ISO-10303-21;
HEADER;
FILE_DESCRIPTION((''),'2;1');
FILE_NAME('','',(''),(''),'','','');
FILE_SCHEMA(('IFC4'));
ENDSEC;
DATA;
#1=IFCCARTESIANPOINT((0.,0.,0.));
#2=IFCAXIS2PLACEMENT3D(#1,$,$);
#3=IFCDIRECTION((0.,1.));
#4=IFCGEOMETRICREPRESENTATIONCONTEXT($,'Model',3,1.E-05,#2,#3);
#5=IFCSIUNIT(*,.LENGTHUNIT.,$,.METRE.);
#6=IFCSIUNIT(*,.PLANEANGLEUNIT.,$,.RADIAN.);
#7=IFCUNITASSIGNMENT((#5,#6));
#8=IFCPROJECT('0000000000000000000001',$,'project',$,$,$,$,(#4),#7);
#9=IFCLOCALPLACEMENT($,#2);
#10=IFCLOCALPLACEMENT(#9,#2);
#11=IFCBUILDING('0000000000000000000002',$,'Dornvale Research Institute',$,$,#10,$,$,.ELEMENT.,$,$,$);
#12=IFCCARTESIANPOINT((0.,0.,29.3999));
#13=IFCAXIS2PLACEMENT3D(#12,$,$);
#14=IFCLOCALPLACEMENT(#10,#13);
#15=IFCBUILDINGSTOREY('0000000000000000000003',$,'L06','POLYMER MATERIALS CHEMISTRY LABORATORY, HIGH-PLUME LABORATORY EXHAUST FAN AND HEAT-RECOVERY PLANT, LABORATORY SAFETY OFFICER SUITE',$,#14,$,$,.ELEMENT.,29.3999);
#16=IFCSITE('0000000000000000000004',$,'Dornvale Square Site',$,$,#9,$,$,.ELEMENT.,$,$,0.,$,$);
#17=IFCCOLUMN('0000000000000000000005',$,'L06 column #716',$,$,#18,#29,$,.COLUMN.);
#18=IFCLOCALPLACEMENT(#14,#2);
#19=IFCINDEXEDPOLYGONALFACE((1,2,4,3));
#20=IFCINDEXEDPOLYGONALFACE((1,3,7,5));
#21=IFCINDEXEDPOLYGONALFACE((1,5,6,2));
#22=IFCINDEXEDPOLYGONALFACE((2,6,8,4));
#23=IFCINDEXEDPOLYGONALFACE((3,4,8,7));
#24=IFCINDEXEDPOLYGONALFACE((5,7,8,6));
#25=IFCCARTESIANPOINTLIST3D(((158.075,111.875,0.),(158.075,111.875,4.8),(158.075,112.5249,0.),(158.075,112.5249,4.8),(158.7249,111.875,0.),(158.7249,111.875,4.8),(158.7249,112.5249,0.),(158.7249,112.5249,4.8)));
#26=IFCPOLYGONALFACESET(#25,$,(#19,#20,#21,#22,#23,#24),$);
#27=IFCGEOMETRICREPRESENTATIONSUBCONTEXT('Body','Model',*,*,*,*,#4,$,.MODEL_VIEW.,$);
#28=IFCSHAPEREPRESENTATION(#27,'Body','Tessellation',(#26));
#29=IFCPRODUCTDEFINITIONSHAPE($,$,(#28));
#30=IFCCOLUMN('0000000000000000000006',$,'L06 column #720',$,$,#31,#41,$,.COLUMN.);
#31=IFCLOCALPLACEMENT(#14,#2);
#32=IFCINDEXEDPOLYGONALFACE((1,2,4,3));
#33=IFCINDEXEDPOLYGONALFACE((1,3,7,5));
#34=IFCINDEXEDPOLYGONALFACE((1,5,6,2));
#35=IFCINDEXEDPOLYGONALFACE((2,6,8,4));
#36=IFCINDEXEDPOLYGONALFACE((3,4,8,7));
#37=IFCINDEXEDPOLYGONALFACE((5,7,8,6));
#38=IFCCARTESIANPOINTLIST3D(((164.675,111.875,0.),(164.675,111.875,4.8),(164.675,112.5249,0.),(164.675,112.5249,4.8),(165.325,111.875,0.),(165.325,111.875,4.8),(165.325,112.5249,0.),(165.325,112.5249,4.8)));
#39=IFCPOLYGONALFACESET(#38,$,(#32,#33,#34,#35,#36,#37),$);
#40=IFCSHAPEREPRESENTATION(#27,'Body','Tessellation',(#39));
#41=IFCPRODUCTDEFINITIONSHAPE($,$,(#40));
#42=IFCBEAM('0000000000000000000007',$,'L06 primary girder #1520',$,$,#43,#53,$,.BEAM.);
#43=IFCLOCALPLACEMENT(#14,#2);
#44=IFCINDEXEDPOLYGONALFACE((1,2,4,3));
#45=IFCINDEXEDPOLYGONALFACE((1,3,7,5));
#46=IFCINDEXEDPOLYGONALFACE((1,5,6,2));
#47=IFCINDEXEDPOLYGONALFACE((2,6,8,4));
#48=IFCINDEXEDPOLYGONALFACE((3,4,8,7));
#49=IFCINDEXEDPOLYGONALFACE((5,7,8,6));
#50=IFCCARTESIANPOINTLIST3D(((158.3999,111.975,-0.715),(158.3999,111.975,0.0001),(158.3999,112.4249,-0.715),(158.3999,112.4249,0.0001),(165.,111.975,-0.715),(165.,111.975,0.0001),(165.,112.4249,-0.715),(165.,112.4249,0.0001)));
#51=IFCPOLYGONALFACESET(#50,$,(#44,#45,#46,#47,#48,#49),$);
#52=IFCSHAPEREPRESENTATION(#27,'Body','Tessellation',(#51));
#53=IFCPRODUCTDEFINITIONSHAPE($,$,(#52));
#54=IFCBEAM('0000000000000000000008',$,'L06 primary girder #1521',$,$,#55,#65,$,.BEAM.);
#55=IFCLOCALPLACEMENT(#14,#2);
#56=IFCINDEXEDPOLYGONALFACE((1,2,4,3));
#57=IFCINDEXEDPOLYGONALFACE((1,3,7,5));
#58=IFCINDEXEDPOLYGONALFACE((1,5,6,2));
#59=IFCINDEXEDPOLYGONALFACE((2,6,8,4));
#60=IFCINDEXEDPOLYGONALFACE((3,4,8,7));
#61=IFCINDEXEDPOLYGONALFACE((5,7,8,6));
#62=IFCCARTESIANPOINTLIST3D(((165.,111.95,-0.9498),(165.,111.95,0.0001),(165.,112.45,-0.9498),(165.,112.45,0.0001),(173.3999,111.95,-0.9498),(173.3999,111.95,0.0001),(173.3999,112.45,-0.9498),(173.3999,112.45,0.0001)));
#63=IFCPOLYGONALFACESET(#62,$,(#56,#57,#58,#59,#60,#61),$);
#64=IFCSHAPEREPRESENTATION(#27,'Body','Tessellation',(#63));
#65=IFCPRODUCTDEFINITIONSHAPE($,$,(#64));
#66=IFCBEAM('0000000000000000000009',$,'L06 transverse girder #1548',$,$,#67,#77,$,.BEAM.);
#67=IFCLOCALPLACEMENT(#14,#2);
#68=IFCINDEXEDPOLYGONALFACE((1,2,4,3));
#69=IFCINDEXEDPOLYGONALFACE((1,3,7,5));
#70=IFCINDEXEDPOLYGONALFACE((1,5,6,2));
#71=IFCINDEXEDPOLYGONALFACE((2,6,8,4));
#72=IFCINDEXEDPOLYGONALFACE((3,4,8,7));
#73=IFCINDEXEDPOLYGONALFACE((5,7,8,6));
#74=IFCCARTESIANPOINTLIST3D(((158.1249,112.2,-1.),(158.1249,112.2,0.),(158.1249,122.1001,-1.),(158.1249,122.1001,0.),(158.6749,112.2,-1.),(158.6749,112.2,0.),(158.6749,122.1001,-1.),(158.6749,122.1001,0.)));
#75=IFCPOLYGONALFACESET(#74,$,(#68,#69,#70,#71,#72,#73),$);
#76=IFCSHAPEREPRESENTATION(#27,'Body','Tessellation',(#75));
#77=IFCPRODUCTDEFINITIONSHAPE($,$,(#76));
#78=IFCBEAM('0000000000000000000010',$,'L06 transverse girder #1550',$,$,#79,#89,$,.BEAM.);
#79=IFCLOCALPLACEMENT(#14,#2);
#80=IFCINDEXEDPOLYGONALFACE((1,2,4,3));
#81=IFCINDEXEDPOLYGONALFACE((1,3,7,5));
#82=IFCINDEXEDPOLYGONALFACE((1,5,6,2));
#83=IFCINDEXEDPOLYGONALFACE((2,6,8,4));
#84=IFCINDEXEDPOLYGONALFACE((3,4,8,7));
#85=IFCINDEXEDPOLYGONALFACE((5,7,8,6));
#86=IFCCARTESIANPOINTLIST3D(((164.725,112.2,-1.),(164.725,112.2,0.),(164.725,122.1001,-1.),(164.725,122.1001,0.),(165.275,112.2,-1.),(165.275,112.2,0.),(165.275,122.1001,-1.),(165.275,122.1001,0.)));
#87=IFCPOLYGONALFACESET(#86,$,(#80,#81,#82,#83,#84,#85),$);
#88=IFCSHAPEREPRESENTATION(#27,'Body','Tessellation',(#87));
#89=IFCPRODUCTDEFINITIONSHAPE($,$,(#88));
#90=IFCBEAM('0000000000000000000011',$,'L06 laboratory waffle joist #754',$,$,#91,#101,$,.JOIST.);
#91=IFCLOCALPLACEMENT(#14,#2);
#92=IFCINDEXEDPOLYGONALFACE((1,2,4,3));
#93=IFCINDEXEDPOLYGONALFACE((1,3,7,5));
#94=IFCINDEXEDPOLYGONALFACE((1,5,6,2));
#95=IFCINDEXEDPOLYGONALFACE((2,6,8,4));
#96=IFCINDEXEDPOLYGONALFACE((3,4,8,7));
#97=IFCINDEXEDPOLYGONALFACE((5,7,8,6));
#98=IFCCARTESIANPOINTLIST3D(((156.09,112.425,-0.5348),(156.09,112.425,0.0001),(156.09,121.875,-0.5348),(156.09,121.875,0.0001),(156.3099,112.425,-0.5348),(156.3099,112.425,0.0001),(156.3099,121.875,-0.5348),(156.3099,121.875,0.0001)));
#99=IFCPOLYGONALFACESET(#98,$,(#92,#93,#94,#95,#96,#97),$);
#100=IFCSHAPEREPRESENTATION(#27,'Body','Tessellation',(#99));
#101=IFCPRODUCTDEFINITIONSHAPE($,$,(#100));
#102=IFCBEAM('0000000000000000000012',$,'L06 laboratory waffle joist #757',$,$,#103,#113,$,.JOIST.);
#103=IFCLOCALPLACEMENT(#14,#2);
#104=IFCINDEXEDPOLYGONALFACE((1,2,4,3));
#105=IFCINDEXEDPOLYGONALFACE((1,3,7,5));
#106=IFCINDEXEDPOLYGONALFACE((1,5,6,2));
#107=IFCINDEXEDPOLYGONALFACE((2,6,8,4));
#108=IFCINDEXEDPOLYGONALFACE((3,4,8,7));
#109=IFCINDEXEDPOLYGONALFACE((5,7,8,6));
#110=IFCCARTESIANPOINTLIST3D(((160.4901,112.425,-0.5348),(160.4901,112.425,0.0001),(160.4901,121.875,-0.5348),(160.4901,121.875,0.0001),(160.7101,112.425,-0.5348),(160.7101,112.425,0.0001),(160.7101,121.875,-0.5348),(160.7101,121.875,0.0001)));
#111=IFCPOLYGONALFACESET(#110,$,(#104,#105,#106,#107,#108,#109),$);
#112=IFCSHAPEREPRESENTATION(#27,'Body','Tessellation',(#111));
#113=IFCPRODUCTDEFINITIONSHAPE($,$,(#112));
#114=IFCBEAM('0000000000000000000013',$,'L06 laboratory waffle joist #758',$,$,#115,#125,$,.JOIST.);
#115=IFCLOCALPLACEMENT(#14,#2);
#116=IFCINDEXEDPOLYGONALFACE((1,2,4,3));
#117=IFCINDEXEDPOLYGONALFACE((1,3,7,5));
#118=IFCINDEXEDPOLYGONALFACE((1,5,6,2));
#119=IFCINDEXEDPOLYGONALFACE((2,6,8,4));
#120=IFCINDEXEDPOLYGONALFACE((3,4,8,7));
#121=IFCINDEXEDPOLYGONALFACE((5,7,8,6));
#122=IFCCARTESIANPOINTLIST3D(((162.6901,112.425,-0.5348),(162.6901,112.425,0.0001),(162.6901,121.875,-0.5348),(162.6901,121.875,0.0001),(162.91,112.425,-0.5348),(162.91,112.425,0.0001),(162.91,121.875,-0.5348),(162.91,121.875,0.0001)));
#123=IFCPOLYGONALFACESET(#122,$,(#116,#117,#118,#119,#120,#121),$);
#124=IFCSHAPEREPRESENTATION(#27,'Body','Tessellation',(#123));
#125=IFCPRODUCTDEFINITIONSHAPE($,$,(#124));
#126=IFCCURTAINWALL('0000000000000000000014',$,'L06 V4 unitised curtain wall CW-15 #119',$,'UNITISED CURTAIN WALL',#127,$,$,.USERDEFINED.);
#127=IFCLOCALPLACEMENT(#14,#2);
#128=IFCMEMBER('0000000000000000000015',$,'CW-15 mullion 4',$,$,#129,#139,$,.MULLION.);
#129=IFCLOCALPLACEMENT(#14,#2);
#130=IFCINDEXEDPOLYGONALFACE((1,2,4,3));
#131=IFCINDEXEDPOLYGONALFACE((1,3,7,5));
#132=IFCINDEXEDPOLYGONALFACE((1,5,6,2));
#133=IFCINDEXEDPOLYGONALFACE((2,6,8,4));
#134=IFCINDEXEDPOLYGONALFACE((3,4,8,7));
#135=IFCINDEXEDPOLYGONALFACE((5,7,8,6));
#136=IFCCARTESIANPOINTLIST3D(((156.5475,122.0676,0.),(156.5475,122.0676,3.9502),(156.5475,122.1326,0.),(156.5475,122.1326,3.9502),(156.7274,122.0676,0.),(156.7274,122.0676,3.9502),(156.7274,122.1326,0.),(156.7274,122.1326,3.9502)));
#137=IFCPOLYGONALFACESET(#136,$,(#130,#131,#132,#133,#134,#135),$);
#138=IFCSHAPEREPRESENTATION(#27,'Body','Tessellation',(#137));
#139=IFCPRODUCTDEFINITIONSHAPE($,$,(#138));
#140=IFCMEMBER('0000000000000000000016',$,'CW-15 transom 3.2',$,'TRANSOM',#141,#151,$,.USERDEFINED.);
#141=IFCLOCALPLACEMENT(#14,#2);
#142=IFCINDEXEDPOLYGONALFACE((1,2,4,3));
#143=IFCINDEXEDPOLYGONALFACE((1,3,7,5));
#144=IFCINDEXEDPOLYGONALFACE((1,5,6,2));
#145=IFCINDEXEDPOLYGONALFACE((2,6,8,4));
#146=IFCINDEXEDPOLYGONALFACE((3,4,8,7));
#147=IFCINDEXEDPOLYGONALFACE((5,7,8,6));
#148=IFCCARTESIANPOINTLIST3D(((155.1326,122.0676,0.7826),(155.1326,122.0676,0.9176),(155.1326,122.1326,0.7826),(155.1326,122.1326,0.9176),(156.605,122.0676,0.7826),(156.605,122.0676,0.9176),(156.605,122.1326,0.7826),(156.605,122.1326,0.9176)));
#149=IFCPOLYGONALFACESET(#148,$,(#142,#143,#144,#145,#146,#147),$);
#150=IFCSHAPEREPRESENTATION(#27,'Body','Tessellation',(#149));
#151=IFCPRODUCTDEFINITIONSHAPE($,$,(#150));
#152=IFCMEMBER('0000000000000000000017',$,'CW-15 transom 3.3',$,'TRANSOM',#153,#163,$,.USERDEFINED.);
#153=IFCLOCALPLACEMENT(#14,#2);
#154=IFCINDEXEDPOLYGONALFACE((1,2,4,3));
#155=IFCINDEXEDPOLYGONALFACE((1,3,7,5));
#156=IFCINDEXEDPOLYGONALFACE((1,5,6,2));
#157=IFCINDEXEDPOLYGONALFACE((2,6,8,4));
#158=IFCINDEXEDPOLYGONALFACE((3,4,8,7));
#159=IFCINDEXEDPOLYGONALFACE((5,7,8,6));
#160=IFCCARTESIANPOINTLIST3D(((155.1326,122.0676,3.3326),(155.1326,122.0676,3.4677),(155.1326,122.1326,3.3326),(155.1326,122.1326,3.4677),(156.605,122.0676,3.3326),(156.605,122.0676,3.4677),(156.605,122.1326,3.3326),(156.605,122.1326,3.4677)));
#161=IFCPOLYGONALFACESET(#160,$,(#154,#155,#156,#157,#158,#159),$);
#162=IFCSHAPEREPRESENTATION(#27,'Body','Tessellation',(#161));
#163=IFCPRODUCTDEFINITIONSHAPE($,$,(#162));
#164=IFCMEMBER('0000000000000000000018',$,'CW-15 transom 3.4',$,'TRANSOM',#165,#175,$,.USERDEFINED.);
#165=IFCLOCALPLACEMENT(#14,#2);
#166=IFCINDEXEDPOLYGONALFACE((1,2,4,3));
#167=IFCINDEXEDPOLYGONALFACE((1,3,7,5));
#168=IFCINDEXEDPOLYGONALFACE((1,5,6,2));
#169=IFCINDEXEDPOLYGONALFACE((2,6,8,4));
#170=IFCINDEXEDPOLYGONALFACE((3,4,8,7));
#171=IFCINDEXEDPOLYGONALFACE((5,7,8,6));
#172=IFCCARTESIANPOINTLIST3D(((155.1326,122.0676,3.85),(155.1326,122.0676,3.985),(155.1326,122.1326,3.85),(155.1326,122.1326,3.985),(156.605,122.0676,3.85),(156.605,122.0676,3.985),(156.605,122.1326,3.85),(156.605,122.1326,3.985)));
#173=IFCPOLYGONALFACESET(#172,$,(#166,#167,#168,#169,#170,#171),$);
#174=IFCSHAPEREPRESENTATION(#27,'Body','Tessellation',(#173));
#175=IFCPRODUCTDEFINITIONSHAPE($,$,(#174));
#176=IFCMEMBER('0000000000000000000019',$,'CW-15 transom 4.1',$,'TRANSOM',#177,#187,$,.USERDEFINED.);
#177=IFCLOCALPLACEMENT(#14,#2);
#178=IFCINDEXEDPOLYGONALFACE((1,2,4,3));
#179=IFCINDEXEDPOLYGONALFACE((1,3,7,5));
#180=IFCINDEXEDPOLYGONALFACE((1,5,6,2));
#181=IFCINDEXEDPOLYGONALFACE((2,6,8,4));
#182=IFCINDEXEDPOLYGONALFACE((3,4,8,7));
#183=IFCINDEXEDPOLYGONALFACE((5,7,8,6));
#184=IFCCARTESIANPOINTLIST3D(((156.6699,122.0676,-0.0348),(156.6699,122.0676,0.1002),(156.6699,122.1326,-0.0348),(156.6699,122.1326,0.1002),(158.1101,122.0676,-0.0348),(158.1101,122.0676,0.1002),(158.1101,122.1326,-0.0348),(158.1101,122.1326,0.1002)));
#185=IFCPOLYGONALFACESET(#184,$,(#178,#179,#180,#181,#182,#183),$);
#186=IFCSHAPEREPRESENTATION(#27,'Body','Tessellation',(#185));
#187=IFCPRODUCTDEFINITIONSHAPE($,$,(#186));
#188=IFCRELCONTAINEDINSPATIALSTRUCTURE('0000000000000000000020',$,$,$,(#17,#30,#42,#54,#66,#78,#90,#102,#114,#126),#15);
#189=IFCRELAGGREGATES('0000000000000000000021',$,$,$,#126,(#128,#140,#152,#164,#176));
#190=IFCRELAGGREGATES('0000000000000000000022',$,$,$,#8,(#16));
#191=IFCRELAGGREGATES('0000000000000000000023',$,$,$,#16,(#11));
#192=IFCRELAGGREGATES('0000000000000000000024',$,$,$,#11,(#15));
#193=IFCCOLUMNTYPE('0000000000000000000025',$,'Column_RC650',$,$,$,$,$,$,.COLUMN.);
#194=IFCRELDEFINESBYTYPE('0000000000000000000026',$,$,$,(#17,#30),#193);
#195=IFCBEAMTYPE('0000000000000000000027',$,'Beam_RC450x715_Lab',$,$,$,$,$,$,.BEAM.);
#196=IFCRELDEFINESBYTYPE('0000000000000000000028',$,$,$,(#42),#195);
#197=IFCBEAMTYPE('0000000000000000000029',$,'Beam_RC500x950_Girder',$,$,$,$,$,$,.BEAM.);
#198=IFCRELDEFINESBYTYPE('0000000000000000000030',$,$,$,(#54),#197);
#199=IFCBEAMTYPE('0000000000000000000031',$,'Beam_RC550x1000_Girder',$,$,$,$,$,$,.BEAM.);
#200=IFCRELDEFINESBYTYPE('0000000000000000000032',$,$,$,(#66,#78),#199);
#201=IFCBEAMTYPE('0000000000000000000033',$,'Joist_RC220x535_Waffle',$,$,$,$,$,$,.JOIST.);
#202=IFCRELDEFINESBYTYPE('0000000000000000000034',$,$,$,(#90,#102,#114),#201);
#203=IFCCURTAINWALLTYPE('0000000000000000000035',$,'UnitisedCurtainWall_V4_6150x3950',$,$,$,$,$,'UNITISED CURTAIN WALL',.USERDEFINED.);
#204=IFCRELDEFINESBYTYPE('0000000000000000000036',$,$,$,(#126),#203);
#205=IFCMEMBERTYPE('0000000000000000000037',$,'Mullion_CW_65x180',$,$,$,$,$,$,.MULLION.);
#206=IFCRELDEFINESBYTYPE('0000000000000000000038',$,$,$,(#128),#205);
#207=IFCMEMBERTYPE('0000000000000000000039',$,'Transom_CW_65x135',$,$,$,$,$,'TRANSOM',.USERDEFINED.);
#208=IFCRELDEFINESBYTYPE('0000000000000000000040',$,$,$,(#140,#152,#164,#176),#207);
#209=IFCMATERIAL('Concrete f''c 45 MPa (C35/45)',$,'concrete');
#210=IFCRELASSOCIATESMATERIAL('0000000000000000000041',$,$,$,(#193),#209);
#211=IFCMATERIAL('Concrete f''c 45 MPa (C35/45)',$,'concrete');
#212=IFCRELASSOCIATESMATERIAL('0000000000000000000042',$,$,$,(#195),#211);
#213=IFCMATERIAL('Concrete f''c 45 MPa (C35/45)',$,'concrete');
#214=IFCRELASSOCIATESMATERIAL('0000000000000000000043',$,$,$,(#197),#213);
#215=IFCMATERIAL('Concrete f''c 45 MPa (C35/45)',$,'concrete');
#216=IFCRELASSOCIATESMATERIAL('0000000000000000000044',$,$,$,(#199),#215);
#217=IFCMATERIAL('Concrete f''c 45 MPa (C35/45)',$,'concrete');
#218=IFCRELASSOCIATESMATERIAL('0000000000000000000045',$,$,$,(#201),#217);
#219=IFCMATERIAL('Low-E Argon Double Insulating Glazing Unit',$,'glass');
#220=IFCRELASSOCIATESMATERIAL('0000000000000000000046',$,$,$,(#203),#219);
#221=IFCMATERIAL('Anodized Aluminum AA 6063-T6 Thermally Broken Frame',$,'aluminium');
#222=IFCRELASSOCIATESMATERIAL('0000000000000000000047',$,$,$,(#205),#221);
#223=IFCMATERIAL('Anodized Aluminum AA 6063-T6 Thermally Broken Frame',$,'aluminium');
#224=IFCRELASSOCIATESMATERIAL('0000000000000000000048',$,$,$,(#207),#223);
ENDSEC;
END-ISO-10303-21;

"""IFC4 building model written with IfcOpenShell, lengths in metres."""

from ifc_helpers import new_model, si_unit, direction, frame, origin, origin_2d, place, context, subcontext, project, spatial, rectangle, extrude, material, material_profile, profile_set, type_object, element, aggregate, save


model = new_model("IFC4")

# Units and contexts
model_context = context("Model", 3, precision=1e-05, world=origin(), true_north=direction((0.0, 1.0)))
body_context = subcontext(model_context, "Body", "Model", "MODEL_VIEW")
ifc_project = project(units=[si_unit("LENGTHUNIT", "METRE"), si_unit("PLANEANGLEUNIT", "RADIAN")], contexts=[model_context])

# Site, building, storey
site_placement = place(None, origin())
site = spatial("IfcSite", under=ifc_project, at=site_placement, Name="Dornvale Square Site", CompositionType="ELEMENT", RefElevation=0.0)
building_placement = place(site_placement, origin())
building = spatial("IfcBuilding", under=site, at=building_placement, Name="Dornvale Research Institute", CompositionType="ELEMENT")
storey_placement = place(building_placement, frame((0.0, 0.0, 29.3999)))
storey = spatial("IfcBuildingStorey", under=building, at=storey_placement, Name="L06", Description="POLYMER MATERIALS CHEMISTRY LABORATORY, HIGH-PLUME LABORATORY EXHAUST FAN AND HEAT-RECOVERY PLANT, LABORATORY SAFETY OFFICER SUITE", CompositionType="ELEMENT", Elevation=29.3999)

# Columns
ifc_material_1 = material(Name="Concrete f'c 45 MPa (C35/45)", Category="concrete")
ifc_material_profile_1 = material_profile(ifc_material_1, rectangle(XDim=0.6499, YDim=0.6499, at=origin_2d()), Name="RC 650x650")
ifc_profile_set_1 = profile_set([ifc_material_profile_1], Name="Concrete f'c 45 MPa (C35/45)")
column_type = type_object("IfcColumnType", Name="Column_RC650", PredefinedType="COLUMN", material=ifc_profile_set_1)
for number, where, z_axis, x_axis, name in (
    (1, (158.3999, 112.2, 0.0), (0.0, 0.0, 1.0), (1.0, 0.0, 0.0), "L06 column #716"),
    (2, (165.0, 112.2, 0.0), (0.0, 0.0, 1.0), (1.0, 0.0, 0.0), "L06 column #720"),
):
    element("IfcColumn", number, at=place(storey_placement, frame(where, z_axis=z_axis, x_axis=x_axis)), inside=storey, type_object=column_type, Name=name, PredefinedType="COLUMN", context=body_context, shape_type="SweptSolid", body=[
        extrude(rectangle(XDim=0.6499, YDim=0.6499, at=origin_2d()), origin(), (0.0, 0.0, 1.0), 4.8),
    ])

# Beams
ifc_material_2 = material(Name="Concrete f'c 45 MPa (C35/45)", Category="concrete")
ifc_material_profile_2 = material_profile(ifc_material_2, rectangle(XDim=0.45, YDim=0.7151, at=origin_2d()), Name="RC 450x715")
ifc_profile_set_2 = profile_set([ifc_material_profile_2], Name="Concrete f'c 45 MPa (C35/45)")
beam_type_1 = type_object("IfcBeamType", Name="Beam_RC450x715_Lab", PredefinedType="BEAM", material=ifc_profile_set_2)
beam_1_placement = place(storey_placement, frame((158.3999, 112.2, -0.3574), z_axis=(1.0, 0.0, 0.0), x_axis=(0.0, 1.0, 0.0)))
element("IfcBeam", 3, at=beam_1_placement, inside=storey, type_object=beam_type_1, Name="L06 primary girder #1520", PredefinedType="BEAM", context=body_context, shape_type="SweptSolid", body=[
    extrude(rectangle(XDim=0.45, YDim=0.7151, at=origin_2d()), origin(), (0.0, 0.0, 1.0), 6.6001),
])
ifc_material_3 = material(Name="Concrete f'c 45 MPa (C35/45)", Category="concrete")
ifc_material_profile_3 = material_profile(ifc_material_3, rectangle(XDim=0.5, YDim=0.95, at=origin_2d()), Name="RC 500x950")
ifc_profile_set_3 = profile_set([ifc_material_profile_3], Name="Concrete f'c 45 MPa (C35/45)")
beam_type_2 = type_object("IfcBeamType", Name="Beam_RC500x950_Girder", PredefinedType="BEAM", material=ifc_profile_set_3)
beam_2_placement = place(storey_placement, frame((165.0, 112.2, -0.4749), z_axis=(1.0, 0.0, 0.0), x_axis=(0.0, 1.0, 0.0)))
element("IfcBeam", 4, at=beam_2_placement, inside=storey, type_object=beam_type_2, Name="L06 primary girder #1521", PredefinedType="BEAM", context=body_context, shape_type="SweptSolid", body=[
    extrude(rectangle(XDim=0.5, YDim=0.95, at=origin_2d()), origin(), (0.0, 0.0, 1.0), 8.3999),
])
ifc_material_4 = material(Name="Concrete f'c 45 MPa (C35/45)", Category="concrete")
ifc_material_profile_4 = material_profile(ifc_material_4, rectangle(XDim=0.55, YDim=1.0, at=origin_2d()), Name="RC 550x1000")
ifc_profile_set_4 = profile_set([ifc_material_profile_4], Name="Concrete f'c 45 MPa (C35/45)")
beam_type_3 = type_object("IfcBeamType", Name="Beam_RC550x1000_Girder", PredefinedType="BEAM", material=ifc_profile_set_4)
for number, where, z_axis, x_axis, name in (
    (5, (158.3999, 112.2, -0.5), (0.0, 1.0, 0.0), (-1.0, 0.0, 0.0), "L06 transverse girder #1548"),
    (6, (165.0, 112.2, -0.5), (0.0, 1.0, 0.0), (-1.0, 0.0, 0.0), "L06 transverse girder #1550"),
):
    element("IfcBeam", number, at=place(storey_placement, frame(where, z_axis=z_axis, x_axis=x_axis)), inside=storey, type_object=beam_type_3, Name=name, PredefinedType="BEAM", context=body_context, shape_type="SweptSolid", body=[
        extrude(rectangle(XDim=0.55, YDim=1.0, at=origin_2d()), origin(), (0.0, 0.0, 1.0), 9.9001),
    ])
ifc_material_5 = material(Name="Concrete f'c 45 MPa (C35/45)", Category="concrete")
ifc_material_profile_5 = material_profile(ifc_material_5, rectangle(XDim=0.22, YDim=0.5349, at=origin_2d()), Name="RC 220x535")
ifc_profile_set_5 = profile_set([ifc_material_profile_5], Name="Concrete f'c 45 MPa (C35/45)")
beam_type_4 = type_object("IfcBeamType", Name="Joist_RC220x535_Waffle", PredefinedType="JOIST", material=ifc_profile_set_5)
for number, where, z_axis, x_axis, name in (
    (7, (156.2, 112.425, -0.2673), (0.0, 1.0, 0.0), (-1.0, 0.0, 0.0), "L06 laboratory waffle joist #754"),
    (8, (160.6001, 112.425, -0.2673), (0.0, 1.0, 0.0), (-1.0, 0.0, 0.0), "L06 laboratory waffle joist #757"),
    (9, (162.8, 112.425, -0.2673), (0.0, 1.0, 0.0), (-1.0, 0.0, 0.0), "L06 laboratory waffle joist #758"),
):
    element("IfcBeam", number, at=place(storey_placement, frame(where, z_axis=z_axis, x_axis=x_axis)), inside=storey, type_object=beam_type_4, Name=name, PredefinedType="JOIST", context=body_context, shape_type="SweptSolid", body=[
        extrude(rectangle(XDim=0.22, YDim=0.5349, at=origin_2d()), origin(), (0.0, 0.0, 1.0), 9.45),
    ])

# Curtain wall, members
ifc_material_6 = material(Name="Low-E Argon Double Insulating Glazing Unit", Category="glass")
curtain_wall_type = type_object("IfcCurtainWallType", Name="UnitisedCurtainWall_V4_6150x3950", ElementType="UNITISED CURTAIN WALL", PredefinedType="USERDEFINED", material=ifc_material_6)
curtain_wall_placement = place(storey_placement, origin())
curtain_wall = element("IfcCurtainWall", 10, at=curtain_wall_placement, inside=storey, type_object=curtain_wall_type, Name="L06 V4 unitised curtain wall CW-15 #119", ObjectType="UNITISED CURTAIN WALL", PredefinedType="USERDEFINED")
ifc_material_7 = material(Name="Anodized Aluminum AA 6063-T6 Thermally Broken Frame", Category="aluminium")
ifc_material_profile_6 = material_profile(ifc_material_7, rectangle(XDim=0.0649, YDim=0.1799, at=origin_2d()), Name="ALU MULLION 65x180")
ifc_profile_set_6 = profile_set([ifc_material_profile_6], Name="Anodized Aluminum AA 6063-T6 Thermally Broken Frame")
member_type_1 = type_object("IfcMemberType", Name="Mullion_CW_65x180", PredefinedType="MULLION", material=ifc_profile_set_6)
member_1_placement = place(storey_placement, frame((156.6375, 122.1001, 0.0), z_axis=(0.0, 0.0, 1.0), x_axis=(0.0, 1.0, 0.0)))
member_1 = element("IfcMember", 11, at=member_1_placement, type_object=member_type_1, Name="CW-15 mullion 4", PredefinedType="MULLION", context=body_context, shape_type="SweptSolid", body=[
    extrude(rectangle(XDim=0.0649, YDim=0.1799, at=origin_2d()), origin(), (0.0, 0.0, 1.0), 3.9502),
])
ifc_material_8 = material(Name="Anodized Aluminum AA 6063-T6 Thermally Broken Frame", Category="aluminium")
ifc_material_profile_7 = material_profile(ifc_material_8, rectangle(XDim=0.0649, YDim=0.135, at=origin_2d()), Name="ALU TRANSOM 65x135")
ifc_profile_set_7 = profile_set([ifc_material_profile_7], Name="Anodized Aluminum AA 6063-T6 Thermally Broken Frame")
member_type_2 = type_object("IfcMemberType", Name="Transom_CW_65x135", ElementType="TRANSOM", PredefinedType="USERDEFINED", material=ifc_profile_set_7)
member_2_placement = place(storey_placement, frame((155.1326, 122.1001, 0.8501), z_axis=(1.0, 0.0, 0.0), x_axis=(0.0, 1.0, 0.0)))
member_2 = element("IfcMember", 12, at=member_2_placement, type_object=member_type_2, Name="CW-15 transom 3.2", ObjectType="TRANSOM", PredefinedType="USERDEFINED", context=body_context, shape_type="SweptSolid", body=[
    extrude(rectangle(XDim=0.0649, YDim=0.135, at=origin_2d()), origin(), (0.0, 0.0, 1.0), 1.4724),
])
member_3_placement = place(storey_placement, frame((155.1326, 122.1001, 3.4001), z_axis=(1.0, 0.0, 0.0), x_axis=(0.0, 1.0, 0.0)))
member_3 = element("IfcMember", 13, at=member_3_placement, type_object=member_type_2, Name="CW-15 transom 3.3", ObjectType="TRANSOM", PredefinedType="USERDEFINED", context=body_context, shape_type="SweptSolid", body=[
    extrude(rectangle(XDim=0.0649, YDim=0.135, at=origin_2d()), origin(), (0.0, 0.0, 1.0), 1.4724),
])
member_4_placement = place(storey_placement, frame((155.1326, 122.1001, 3.9175), z_axis=(1.0, 0.0, 0.0), x_axis=(0.0, 1.0, 0.0)))
member_4 = element("IfcMember", 14, at=member_4_placement, type_object=member_type_2, Name="CW-15 transom 3.4", ObjectType="TRANSOM", PredefinedType="USERDEFINED", context=body_context, shape_type="SweptSolid", body=[
    extrude(rectangle(XDim=0.0649, YDim=0.135, at=origin_2d()), origin(), (0.0, 0.0, 1.0), 1.4724),
])
member_5_placement = place(storey_placement, frame((156.6699, 122.1001, 0.0327), z_axis=(1.0, 0.0, 0.0), x_axis=(0.0, 1.0, 0.0)))
member_5 = element("IfcMember", 15, at=member_5_placement, type_object=member_type_2, Name="CW-15 transom 4.1", ObjectType="TRANSOM", PredefinedType="USERDEFINED", context=body_context, shape_type="SweptSolid", body=[
    extrude(rectangle(XDim=0.0649, YDim=0.135, at=origin_2d()), origin(), (0.0, 0.0, 1.0), 1.4402),
])
aggregate(curtain_wall, [member_1, member_2, member_3, member_4, member_5])

save(model, "model.ifc")
